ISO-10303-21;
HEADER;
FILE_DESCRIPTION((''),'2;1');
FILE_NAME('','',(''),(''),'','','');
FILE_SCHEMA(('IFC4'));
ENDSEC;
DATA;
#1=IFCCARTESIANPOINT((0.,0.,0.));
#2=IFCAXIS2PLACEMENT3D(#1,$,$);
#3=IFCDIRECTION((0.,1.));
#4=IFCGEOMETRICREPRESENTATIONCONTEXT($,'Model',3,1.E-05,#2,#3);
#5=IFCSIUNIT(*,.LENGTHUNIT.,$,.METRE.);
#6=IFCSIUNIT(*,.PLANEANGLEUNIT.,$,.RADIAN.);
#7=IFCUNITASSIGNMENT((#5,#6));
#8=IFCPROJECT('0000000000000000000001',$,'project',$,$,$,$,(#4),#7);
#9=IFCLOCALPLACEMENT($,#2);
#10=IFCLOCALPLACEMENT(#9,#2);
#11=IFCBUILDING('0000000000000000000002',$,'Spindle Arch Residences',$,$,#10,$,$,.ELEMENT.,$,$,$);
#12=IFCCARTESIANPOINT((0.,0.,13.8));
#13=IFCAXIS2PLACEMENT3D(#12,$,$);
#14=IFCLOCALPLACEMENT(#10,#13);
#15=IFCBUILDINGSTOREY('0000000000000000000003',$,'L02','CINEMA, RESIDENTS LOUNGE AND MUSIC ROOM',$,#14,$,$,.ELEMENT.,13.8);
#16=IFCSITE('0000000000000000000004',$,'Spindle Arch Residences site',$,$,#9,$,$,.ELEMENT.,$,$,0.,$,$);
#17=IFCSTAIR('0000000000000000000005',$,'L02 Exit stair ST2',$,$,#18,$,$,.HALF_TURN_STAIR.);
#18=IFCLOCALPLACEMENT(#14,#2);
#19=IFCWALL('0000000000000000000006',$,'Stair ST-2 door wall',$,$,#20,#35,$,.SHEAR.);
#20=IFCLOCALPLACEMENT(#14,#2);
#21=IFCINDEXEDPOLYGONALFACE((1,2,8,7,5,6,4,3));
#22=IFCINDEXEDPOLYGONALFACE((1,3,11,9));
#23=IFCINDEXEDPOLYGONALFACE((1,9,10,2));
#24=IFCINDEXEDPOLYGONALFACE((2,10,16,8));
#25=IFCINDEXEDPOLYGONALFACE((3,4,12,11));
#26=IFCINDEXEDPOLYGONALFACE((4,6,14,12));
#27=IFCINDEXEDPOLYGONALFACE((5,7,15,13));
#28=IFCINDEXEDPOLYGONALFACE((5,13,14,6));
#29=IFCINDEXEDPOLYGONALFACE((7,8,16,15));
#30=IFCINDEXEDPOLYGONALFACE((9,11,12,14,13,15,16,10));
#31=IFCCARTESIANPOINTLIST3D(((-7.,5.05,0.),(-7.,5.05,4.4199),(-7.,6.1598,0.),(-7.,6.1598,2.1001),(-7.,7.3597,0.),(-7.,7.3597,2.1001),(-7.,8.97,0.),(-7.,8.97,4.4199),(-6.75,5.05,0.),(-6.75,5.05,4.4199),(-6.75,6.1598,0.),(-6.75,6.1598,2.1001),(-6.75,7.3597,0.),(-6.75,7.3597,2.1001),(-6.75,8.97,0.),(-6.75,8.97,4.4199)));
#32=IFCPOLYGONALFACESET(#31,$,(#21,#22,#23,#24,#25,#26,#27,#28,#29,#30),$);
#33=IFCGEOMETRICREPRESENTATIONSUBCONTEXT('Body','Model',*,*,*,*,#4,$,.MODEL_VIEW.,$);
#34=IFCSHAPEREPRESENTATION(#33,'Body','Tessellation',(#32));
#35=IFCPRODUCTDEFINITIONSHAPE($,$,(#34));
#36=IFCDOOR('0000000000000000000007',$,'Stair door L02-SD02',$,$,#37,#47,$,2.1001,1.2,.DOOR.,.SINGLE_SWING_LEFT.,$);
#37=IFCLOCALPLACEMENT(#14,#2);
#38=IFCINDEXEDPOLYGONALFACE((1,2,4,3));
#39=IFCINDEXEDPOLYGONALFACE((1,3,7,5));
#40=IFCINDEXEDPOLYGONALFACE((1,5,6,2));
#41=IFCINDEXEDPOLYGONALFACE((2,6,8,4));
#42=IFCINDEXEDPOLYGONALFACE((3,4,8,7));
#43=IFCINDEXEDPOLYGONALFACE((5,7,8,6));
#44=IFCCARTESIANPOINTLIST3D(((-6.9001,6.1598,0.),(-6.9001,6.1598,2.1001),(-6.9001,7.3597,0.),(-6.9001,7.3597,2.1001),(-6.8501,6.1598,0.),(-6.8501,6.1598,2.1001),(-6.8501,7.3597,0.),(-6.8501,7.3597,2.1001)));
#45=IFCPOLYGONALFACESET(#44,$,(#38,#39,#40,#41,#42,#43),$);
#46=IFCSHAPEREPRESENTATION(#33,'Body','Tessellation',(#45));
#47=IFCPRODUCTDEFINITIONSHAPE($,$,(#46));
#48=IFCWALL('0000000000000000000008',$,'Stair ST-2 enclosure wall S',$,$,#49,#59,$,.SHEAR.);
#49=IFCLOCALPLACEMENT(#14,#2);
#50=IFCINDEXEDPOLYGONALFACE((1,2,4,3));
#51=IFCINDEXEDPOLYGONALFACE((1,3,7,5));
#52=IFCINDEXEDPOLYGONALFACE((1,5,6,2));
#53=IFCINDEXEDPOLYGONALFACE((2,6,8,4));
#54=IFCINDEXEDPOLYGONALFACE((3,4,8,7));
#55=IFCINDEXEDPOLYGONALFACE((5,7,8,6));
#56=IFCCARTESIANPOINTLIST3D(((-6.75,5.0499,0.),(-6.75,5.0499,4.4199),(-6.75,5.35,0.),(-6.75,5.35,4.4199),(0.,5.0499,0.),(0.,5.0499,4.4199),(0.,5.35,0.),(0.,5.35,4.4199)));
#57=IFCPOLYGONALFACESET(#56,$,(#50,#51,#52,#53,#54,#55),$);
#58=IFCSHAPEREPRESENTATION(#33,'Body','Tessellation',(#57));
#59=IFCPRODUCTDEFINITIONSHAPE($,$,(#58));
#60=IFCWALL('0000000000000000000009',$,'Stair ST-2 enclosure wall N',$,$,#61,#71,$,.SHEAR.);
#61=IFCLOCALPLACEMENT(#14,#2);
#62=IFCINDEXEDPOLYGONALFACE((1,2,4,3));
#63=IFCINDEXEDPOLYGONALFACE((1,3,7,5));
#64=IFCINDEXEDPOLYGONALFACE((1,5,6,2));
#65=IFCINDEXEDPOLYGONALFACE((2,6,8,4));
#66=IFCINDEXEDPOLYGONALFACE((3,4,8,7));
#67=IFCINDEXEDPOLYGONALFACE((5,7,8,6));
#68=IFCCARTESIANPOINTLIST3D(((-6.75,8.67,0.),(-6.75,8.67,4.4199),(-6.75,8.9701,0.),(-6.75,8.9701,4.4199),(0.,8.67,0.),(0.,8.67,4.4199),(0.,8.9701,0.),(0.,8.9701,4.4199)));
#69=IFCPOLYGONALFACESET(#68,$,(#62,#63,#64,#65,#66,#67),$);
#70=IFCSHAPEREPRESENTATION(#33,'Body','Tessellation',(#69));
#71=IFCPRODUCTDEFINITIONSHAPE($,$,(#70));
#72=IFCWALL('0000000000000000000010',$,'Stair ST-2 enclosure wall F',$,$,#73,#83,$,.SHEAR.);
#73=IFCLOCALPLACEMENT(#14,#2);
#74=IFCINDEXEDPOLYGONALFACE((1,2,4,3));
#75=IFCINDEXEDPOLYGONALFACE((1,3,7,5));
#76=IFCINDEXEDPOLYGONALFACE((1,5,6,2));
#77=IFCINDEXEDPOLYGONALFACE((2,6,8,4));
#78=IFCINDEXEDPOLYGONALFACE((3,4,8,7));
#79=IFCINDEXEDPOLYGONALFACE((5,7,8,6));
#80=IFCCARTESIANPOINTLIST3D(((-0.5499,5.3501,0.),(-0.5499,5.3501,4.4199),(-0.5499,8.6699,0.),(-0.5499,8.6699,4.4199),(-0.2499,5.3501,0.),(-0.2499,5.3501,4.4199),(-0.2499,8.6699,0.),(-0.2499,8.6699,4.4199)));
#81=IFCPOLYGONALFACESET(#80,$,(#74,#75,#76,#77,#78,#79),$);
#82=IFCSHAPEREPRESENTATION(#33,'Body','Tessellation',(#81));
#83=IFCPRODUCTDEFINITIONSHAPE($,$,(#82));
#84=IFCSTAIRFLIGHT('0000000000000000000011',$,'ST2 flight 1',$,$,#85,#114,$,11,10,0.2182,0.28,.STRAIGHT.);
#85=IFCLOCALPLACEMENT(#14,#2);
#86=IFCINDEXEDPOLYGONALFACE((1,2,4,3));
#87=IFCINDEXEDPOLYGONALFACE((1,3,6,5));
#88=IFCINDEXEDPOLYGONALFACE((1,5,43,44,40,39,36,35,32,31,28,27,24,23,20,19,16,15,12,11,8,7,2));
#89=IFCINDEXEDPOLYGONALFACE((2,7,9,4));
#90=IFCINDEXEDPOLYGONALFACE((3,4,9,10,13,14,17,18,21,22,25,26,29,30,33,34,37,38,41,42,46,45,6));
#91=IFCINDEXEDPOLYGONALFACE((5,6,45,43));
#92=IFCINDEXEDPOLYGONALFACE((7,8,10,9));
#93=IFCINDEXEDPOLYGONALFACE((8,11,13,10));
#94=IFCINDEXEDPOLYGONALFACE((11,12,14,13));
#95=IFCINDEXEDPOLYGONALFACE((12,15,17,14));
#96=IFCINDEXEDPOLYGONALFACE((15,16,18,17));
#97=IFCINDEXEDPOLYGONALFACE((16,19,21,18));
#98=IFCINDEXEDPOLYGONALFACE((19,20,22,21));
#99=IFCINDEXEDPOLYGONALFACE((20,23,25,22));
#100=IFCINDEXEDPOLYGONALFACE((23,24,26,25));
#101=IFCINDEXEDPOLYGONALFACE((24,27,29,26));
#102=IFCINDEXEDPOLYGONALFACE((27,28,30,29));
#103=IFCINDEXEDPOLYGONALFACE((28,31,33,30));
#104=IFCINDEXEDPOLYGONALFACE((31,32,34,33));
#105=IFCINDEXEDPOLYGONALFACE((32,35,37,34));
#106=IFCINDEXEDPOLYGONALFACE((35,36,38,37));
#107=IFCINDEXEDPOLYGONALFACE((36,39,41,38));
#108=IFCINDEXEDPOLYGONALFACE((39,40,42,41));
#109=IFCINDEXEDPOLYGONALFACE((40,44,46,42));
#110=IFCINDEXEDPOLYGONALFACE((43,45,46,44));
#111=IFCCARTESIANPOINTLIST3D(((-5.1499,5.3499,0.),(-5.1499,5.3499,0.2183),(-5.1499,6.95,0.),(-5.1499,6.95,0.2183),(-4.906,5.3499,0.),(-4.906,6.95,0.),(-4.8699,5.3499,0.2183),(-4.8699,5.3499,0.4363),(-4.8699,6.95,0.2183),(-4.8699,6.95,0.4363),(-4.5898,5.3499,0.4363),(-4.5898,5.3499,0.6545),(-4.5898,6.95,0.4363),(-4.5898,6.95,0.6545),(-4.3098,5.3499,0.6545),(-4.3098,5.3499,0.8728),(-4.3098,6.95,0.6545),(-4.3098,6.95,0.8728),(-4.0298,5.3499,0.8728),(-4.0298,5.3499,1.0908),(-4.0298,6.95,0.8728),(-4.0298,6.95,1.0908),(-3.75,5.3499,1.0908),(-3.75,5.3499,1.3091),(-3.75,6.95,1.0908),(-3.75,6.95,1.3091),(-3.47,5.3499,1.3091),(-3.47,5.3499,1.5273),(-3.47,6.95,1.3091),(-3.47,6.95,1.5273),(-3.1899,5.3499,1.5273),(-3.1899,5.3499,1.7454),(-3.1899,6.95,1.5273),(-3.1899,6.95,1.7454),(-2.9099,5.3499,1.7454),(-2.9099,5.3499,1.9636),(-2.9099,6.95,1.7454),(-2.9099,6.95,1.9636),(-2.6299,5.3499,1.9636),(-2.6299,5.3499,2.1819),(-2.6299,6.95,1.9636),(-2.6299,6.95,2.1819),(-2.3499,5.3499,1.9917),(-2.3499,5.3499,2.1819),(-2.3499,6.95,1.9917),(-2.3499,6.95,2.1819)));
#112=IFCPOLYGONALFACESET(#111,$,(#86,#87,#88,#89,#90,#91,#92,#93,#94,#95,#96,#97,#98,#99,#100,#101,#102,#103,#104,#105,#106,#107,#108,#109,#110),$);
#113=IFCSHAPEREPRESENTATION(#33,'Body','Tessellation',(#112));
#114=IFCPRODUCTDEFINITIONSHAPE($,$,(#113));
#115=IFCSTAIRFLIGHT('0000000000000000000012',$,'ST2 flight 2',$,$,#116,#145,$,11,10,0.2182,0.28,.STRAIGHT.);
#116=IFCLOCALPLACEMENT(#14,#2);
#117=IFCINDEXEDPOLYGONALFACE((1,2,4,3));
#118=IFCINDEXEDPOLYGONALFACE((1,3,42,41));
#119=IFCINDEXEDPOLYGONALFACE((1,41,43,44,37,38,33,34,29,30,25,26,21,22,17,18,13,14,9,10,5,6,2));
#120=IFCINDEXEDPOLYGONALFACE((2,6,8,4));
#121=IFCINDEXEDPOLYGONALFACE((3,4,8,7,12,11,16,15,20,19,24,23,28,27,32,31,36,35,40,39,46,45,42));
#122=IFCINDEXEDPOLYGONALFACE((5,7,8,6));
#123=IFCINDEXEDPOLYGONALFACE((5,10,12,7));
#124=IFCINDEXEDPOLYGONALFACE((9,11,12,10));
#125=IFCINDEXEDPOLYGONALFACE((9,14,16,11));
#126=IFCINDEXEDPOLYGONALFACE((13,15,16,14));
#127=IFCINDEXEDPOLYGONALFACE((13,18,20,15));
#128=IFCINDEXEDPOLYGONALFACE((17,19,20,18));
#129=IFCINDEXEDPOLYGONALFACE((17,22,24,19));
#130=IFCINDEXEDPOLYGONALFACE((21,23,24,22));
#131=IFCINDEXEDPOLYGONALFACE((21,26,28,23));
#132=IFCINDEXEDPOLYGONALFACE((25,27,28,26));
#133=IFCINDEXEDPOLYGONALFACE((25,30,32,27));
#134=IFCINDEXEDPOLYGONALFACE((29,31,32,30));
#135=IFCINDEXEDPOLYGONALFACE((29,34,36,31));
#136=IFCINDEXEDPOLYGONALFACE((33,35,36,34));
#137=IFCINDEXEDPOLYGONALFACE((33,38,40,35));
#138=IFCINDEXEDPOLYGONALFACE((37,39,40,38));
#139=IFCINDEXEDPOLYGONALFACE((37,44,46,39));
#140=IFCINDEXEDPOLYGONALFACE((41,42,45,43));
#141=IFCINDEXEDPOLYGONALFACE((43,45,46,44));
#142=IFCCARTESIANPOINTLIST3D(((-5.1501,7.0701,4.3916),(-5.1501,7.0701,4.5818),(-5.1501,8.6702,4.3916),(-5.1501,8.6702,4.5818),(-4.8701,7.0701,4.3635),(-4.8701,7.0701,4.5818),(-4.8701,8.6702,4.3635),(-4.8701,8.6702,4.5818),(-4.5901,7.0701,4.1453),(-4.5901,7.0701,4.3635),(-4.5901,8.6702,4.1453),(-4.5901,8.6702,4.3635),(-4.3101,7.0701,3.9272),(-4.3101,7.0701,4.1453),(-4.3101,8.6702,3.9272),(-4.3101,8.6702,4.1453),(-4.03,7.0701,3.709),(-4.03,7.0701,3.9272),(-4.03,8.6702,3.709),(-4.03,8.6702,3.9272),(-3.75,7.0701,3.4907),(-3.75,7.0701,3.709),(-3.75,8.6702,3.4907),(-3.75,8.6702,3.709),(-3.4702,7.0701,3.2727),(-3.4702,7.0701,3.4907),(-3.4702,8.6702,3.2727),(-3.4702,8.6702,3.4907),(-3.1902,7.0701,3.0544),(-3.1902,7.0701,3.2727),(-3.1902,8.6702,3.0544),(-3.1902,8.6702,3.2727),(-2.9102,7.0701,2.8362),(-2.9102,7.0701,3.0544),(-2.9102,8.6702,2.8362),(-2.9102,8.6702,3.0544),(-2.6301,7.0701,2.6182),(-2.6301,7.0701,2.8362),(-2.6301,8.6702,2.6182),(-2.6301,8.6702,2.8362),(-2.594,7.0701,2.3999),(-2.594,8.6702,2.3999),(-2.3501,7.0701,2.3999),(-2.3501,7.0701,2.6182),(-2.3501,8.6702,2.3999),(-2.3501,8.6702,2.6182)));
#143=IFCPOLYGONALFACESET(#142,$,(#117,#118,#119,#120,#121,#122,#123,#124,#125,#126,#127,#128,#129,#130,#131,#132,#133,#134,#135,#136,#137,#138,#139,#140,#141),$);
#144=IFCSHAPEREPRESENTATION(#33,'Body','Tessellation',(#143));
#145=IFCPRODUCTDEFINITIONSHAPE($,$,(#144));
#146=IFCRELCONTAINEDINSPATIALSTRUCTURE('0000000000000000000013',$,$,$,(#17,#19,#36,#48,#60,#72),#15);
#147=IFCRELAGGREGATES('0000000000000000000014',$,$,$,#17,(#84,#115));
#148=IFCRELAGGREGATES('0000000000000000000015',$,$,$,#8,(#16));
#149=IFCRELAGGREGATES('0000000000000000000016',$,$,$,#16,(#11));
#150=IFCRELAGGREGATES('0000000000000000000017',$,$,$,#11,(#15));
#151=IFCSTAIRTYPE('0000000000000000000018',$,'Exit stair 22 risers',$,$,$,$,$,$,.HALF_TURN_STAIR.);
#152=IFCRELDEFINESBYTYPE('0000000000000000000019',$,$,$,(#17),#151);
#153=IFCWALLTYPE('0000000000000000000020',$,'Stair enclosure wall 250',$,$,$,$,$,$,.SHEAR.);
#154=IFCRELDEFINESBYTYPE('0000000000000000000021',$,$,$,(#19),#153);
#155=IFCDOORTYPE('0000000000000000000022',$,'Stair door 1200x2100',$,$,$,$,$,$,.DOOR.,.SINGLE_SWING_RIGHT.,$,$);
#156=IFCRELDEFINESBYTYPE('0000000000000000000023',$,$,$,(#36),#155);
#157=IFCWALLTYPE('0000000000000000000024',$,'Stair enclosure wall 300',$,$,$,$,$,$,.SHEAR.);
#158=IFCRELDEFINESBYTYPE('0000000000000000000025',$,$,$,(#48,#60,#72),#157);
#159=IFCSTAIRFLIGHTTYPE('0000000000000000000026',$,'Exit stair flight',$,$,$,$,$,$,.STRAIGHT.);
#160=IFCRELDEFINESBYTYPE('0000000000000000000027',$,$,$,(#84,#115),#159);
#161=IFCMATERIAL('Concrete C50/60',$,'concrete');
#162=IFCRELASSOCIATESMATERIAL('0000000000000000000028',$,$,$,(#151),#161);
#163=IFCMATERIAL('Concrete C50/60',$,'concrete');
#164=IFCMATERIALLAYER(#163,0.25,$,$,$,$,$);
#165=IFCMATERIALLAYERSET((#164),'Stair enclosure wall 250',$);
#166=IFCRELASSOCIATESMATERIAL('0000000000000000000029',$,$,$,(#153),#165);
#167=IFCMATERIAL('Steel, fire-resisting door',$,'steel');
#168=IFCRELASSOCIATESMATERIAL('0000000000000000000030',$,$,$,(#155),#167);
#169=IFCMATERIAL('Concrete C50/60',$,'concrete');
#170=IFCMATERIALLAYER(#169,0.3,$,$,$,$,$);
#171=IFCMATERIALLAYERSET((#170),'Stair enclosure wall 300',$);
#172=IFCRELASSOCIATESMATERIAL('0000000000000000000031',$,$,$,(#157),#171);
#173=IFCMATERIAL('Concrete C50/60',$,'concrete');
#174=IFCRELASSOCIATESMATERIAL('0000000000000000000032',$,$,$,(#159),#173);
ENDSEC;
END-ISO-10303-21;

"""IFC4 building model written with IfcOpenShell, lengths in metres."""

from ifc_helpers import new_model, si_unit, direction, frame, frame_2d, origin, place, context, subcontext, project, spatial, polyline, rectangle, outline, extrude, material, layer, layer_set, type_object, element, fill, aggregate, save


model = new_model("IFC4")

# Units and contexts
model_context = context("Model", 3, precision=1e-05, world=origin(), true_north=direction((0.0, 1.0)))
body_context = subcontext(model_context, "Body", "Model", "MODEL_VIEW")
ifc_project = project(units=[si_unit("LENGTHUNIT", "METRE"), si_unit("PLANEANGLEUNIT", "RADIAN")], contexts=[model_context])

# Site, building, storey
site_placement = place(None, origin())
site = spatial("IfcSite", under=ifc_project, at=site_placement, Name="Spindle Arch Residences site", CompositionType="ELEMENT", RefElevation=0.0)
building_placement = place(site_placement, origin())
building = spatial("IfcBuilding", under=site, at=building_placement, Name="Spindle Arch Residences", CompositionType="ELEMENT")
storey_placement = place(building_placement, frame((0.0, 0.0, 13.8)))
storey = spatial("IfcBuildingStorey", under=building, at=storey_placement, Name="L02", Description="CINEMA, RESIDENTS LOUNGE AND MUSIC ROOM", CompositionType="ELEMENT", Elevation=13.8)

# Stair
ifc_material_1 = material(Name="Concrete C50/60", Category="concrete")
stair_type = type_object("IfcStairType", Name="Exit stair 22 risers", PredefinedType="HALF_TURN_STAIR", material=ifc_material_1)
stair_1_placement = place(storey_placement, origin())
stair_1 = element("IfcStair", 1, at=stair_1_placement, inside=storey, type_object=stair_type, Name="L02 Exit stair ST2", PredefinedType="HALF_TURN_STAIR")

# Wall, opening, door
ifc_material_2 = material(Name="Concrete C50/60", Category="concrete")
ifc_layer_1 = layer(ifc_material_2, 0.25)
ifc_layer_set_1 = layer_set([ifc_layer_1], Name="Stair enclosure wall 250")
wall_type_1 = type_object("IfcWallType", Name="Stair enclosure wall 250", PredefinedType="SHEAR", material=ifc_layer_set_1)
wall_1_placement = place(storey_placement, frame((-6.875, 8.97, 0.0), z_axis=(0.0, 0.0, 1.0), x_axis=(0.0, -1.0, 0.0)))
wall_1 = element("IfcWall", 2, at=wall_1_placement, inside=storey, type_object=wall_type_1, Name="Stair ST-2 door wall", PredefinedType="SHEAR", context=body_context, shape_type="SweptSolid", body=[
    extrude(rectangle(XDim=3.9199, YDim=0.25, at=frame_2d((1.96, 0.0))), origin(), (0.0, 0.0, 1.0), 4.4199),
])
opening_1_placement = place(wall_1_placement, frame((1.6101, 0.0, 0.0)))
opening_1 = element("IfcOpeningElement", 3, at=opening_1_placement, cuts=wall_1, PredefinedType="OPENING", context=body_context, shape_type="SweptSolid", body=[
    extrude(rectangle(XDim=1.2, YDim=2.1001, at=frame_2d((0.6001, 1.05))), frame((0.0, 0.135, 0.0), z_axis=(0.0, -1.0, 0.0), x_axis=(1.0, 0.0, 0.0)), (0.0, 0.0, 1.0), 0.27),
])
ifc_material_3 = material(Name="Steel, fire-resisting door", Category="steel")
door_type_1 = type_object("IfcDoorType", Name="Stair door 1200x2100", OperationType="SINGLE_SWING_RIGHT", PredefinedType="DOOR", material=ifc_material_3)
door_1_placement = place(opening_1_placement, origin())
door_1 = element("IfcDoor", 4, at=door_1_placement, inside=storey, type_object=door_type_1, Name="Stair door L02-SD02", OperationType="SINGLE_SWING_LEFT", OverallHeight=2.1001, OverallWidth=1.2, PredefinedType="DOOR", context=body_context, shape_type="SweptSolid", body=[
    extrude(rectangle(XDim=1.2, YDim=2.1001, at=frame_2d((0.6001, 1.05))), frame((0.0, 0.0249, 0.0), z_axis=(0.0, -1.0, 0.0), x_axis=(1.0, 0.0, 0.0)), (0.0, 0.0, 1.0), 0.05),
])
fill(opening_1, door_1)

# Walls
ifc_material_4 = material(Name="Concrete C50/60", Category="concrete")
ifc_layer_2 = layer(ifc_material_4, 0.3)
ifc_layer_set_2 = layer_set([ifc_layer_2], Name="Stair enclosure wall 300")
wall_type_2 = type_object("IfcWallType", Name="Stair enclosure wall 300", PredefinedType="SHEAR", material=ifc_layer_set_2)
for number, where, z_axis, x_axis, name in (
    (5, (-6.75, 5.2, 0.0), (0.0, 0.0, 1.0), (1.0, 0.0, 0.0), "Stair ST-2 enclosure wall S"),
    (6, (-6.75, 8.8201, 0.0), (0.0, 0.0, 1.0), (1.0, 0.0, 0.0), "Stair ST-2 enclosure wall N"),
):
    element("IfcWall", number, at=place(storey_placement, frame(where, z_axis=z_axis, x_axis=x_axis)), inside=storey, type_object=wall_type_2, Name=name, PredefinedType="SHEAR", context=body_context, shape_type="SweptSolid", body=[
        extrude(rectangle(XDim=6.75, YDim=0.3, at=frame_2d((3.375, 0.0))), origin(), (0.0, 0.0, 1.0), 4.4199),
    ])
wall_2_placement = place(storey_placement, frame((-0.3999, 5.3501, 0.0), z_axis=(0.0, 0.0, 1.0), x_axis=(0.0, 1.0, 0.0)))
element("IfcWall", 7, at=wall_2_placement, inside=storey, type_object=wall_type_2, Name="Stair ST-2 enclosure wall F", PredefinedType="SHEAR", context=body_context, shape_type="SweptSolid", body=[
    extrude(rectangle(XDim=3.3198, YDim=0.3, at=frame_2d((1.6599, 0.0))), origin(), (0.0, 0.0, 1.0), 4.4199),
])

# Stair flights
ifc_material_5 = material(Name="Concrete C50/60", Category="concrete")
stair_flight_type = type_object("IfcStairFlightType", Name="Exit stair flight", PredefinedType="STRAIGHT", material=ifc_material_5)
stair_flight_1_placement = place(storey_placement, frame((-5.1499, 6.1499, 0.0), z_axis=(0.0, 0.0, 1.0), x_axis=(1.0, 0.0, 0.0)))
stair_flight_1 = element("IfcStairFlight", 8, at=stair_flight_1_placement, type_object=stair_flight_type, Name="ST2 flight 1", NumberOfRisers=11, NumberOfTreads=10, PredefinedType="STRAIGHT", RiserHeight=0.2182, TreadLength=0.28, context=body_context, shape_type="SweptSolid", body=[
    extrude(outline(polyline([(0.0, 0.0), (0.0, 0.2183), (0.28, 0.2183), (0.28, 0.4363), (0.5601, 0.4363), (0.5601, 0.6545), (0.8401, 0.6545), (0.8401, 0.8728), (1.1201, 0.8728), (1.1201, 1.0908), (1.3999, 1.0908), (1.3999, 1.3091), (1.6799, 1.3091), (1.6799, 1.5273), (1.96, 1.5273), (1.96, 1.7454), (2.24, 1.7454), (2.24, 1.9636), (2.52, 1.9636), (2.52, 2.1819), (2.8, 2.1819), (2.8, 2.3999), (2.8, 1.9917), (0.2439, 0.0), (0.0, 0.0)])), frame((0.0, 0.8, 0.0), z_axis=(0.0, -1.0, 0.0), x_axis=(1.0, 0.0, 0.0)), (0.0, 0.0, 1.0), 1.6001),
])
stair_flight_2_placement = place(storey_placement, frame((-2.3501, 7.8701, 2.3999), z_axis=(0.0, 0.0, 1.0), x_axis=(-1.0, 0.0, 0.0)))
stair_flight_2 = element("IfcStairFlight", 9, at=stair_flight_2_placement, type_object=stair_flight_type, Name="ST2 flight 2", NumberOfRisers=11, NumberOfTreads=10, PredefinedType="STRAIGHT", RiserHeight=0.2182, TreadLength=0.28, context=body_context, shape_type="SweptSolid", body=[
    extrude(outline(polyline([(0.0, 0.0), (0.0, 0.2183), (0.28, 0.2183), (0.28, 0.4363), (0.5601, 0.4363), (0.5601, 0.6545), (0.8401, 0.6545), (0.8401, 0.8728), (1.1201, 0.8728), (1.1201, 1.0908), (1.3999, 1.0908), (1.3999, 1.3091), (1.6799, 1.3091), (1.6799, 1.5273), (1.96, 1.5273), (1.96, 1.7454), (2.24, 1.7454), (2.24, 1.9636), (2.52, 1.9636), (2.52, 2.1819), (2.8, 2.1819), (2.8, 2.3999), (2.8, 1.9917), (0.2439, 0.0), (0.0, 0.0)])), frame((0.0, 0.8, 0.0), z_axis=(0.0, -1.0, 0.0), x_axis=(1.0, 0.0, 0.0)), (0.0, 0.0, 1.0), 1.6001),
])
aggregate(stair_1, [stair_flight_1, stair_flight_2])

save(model, "model.ifc")
